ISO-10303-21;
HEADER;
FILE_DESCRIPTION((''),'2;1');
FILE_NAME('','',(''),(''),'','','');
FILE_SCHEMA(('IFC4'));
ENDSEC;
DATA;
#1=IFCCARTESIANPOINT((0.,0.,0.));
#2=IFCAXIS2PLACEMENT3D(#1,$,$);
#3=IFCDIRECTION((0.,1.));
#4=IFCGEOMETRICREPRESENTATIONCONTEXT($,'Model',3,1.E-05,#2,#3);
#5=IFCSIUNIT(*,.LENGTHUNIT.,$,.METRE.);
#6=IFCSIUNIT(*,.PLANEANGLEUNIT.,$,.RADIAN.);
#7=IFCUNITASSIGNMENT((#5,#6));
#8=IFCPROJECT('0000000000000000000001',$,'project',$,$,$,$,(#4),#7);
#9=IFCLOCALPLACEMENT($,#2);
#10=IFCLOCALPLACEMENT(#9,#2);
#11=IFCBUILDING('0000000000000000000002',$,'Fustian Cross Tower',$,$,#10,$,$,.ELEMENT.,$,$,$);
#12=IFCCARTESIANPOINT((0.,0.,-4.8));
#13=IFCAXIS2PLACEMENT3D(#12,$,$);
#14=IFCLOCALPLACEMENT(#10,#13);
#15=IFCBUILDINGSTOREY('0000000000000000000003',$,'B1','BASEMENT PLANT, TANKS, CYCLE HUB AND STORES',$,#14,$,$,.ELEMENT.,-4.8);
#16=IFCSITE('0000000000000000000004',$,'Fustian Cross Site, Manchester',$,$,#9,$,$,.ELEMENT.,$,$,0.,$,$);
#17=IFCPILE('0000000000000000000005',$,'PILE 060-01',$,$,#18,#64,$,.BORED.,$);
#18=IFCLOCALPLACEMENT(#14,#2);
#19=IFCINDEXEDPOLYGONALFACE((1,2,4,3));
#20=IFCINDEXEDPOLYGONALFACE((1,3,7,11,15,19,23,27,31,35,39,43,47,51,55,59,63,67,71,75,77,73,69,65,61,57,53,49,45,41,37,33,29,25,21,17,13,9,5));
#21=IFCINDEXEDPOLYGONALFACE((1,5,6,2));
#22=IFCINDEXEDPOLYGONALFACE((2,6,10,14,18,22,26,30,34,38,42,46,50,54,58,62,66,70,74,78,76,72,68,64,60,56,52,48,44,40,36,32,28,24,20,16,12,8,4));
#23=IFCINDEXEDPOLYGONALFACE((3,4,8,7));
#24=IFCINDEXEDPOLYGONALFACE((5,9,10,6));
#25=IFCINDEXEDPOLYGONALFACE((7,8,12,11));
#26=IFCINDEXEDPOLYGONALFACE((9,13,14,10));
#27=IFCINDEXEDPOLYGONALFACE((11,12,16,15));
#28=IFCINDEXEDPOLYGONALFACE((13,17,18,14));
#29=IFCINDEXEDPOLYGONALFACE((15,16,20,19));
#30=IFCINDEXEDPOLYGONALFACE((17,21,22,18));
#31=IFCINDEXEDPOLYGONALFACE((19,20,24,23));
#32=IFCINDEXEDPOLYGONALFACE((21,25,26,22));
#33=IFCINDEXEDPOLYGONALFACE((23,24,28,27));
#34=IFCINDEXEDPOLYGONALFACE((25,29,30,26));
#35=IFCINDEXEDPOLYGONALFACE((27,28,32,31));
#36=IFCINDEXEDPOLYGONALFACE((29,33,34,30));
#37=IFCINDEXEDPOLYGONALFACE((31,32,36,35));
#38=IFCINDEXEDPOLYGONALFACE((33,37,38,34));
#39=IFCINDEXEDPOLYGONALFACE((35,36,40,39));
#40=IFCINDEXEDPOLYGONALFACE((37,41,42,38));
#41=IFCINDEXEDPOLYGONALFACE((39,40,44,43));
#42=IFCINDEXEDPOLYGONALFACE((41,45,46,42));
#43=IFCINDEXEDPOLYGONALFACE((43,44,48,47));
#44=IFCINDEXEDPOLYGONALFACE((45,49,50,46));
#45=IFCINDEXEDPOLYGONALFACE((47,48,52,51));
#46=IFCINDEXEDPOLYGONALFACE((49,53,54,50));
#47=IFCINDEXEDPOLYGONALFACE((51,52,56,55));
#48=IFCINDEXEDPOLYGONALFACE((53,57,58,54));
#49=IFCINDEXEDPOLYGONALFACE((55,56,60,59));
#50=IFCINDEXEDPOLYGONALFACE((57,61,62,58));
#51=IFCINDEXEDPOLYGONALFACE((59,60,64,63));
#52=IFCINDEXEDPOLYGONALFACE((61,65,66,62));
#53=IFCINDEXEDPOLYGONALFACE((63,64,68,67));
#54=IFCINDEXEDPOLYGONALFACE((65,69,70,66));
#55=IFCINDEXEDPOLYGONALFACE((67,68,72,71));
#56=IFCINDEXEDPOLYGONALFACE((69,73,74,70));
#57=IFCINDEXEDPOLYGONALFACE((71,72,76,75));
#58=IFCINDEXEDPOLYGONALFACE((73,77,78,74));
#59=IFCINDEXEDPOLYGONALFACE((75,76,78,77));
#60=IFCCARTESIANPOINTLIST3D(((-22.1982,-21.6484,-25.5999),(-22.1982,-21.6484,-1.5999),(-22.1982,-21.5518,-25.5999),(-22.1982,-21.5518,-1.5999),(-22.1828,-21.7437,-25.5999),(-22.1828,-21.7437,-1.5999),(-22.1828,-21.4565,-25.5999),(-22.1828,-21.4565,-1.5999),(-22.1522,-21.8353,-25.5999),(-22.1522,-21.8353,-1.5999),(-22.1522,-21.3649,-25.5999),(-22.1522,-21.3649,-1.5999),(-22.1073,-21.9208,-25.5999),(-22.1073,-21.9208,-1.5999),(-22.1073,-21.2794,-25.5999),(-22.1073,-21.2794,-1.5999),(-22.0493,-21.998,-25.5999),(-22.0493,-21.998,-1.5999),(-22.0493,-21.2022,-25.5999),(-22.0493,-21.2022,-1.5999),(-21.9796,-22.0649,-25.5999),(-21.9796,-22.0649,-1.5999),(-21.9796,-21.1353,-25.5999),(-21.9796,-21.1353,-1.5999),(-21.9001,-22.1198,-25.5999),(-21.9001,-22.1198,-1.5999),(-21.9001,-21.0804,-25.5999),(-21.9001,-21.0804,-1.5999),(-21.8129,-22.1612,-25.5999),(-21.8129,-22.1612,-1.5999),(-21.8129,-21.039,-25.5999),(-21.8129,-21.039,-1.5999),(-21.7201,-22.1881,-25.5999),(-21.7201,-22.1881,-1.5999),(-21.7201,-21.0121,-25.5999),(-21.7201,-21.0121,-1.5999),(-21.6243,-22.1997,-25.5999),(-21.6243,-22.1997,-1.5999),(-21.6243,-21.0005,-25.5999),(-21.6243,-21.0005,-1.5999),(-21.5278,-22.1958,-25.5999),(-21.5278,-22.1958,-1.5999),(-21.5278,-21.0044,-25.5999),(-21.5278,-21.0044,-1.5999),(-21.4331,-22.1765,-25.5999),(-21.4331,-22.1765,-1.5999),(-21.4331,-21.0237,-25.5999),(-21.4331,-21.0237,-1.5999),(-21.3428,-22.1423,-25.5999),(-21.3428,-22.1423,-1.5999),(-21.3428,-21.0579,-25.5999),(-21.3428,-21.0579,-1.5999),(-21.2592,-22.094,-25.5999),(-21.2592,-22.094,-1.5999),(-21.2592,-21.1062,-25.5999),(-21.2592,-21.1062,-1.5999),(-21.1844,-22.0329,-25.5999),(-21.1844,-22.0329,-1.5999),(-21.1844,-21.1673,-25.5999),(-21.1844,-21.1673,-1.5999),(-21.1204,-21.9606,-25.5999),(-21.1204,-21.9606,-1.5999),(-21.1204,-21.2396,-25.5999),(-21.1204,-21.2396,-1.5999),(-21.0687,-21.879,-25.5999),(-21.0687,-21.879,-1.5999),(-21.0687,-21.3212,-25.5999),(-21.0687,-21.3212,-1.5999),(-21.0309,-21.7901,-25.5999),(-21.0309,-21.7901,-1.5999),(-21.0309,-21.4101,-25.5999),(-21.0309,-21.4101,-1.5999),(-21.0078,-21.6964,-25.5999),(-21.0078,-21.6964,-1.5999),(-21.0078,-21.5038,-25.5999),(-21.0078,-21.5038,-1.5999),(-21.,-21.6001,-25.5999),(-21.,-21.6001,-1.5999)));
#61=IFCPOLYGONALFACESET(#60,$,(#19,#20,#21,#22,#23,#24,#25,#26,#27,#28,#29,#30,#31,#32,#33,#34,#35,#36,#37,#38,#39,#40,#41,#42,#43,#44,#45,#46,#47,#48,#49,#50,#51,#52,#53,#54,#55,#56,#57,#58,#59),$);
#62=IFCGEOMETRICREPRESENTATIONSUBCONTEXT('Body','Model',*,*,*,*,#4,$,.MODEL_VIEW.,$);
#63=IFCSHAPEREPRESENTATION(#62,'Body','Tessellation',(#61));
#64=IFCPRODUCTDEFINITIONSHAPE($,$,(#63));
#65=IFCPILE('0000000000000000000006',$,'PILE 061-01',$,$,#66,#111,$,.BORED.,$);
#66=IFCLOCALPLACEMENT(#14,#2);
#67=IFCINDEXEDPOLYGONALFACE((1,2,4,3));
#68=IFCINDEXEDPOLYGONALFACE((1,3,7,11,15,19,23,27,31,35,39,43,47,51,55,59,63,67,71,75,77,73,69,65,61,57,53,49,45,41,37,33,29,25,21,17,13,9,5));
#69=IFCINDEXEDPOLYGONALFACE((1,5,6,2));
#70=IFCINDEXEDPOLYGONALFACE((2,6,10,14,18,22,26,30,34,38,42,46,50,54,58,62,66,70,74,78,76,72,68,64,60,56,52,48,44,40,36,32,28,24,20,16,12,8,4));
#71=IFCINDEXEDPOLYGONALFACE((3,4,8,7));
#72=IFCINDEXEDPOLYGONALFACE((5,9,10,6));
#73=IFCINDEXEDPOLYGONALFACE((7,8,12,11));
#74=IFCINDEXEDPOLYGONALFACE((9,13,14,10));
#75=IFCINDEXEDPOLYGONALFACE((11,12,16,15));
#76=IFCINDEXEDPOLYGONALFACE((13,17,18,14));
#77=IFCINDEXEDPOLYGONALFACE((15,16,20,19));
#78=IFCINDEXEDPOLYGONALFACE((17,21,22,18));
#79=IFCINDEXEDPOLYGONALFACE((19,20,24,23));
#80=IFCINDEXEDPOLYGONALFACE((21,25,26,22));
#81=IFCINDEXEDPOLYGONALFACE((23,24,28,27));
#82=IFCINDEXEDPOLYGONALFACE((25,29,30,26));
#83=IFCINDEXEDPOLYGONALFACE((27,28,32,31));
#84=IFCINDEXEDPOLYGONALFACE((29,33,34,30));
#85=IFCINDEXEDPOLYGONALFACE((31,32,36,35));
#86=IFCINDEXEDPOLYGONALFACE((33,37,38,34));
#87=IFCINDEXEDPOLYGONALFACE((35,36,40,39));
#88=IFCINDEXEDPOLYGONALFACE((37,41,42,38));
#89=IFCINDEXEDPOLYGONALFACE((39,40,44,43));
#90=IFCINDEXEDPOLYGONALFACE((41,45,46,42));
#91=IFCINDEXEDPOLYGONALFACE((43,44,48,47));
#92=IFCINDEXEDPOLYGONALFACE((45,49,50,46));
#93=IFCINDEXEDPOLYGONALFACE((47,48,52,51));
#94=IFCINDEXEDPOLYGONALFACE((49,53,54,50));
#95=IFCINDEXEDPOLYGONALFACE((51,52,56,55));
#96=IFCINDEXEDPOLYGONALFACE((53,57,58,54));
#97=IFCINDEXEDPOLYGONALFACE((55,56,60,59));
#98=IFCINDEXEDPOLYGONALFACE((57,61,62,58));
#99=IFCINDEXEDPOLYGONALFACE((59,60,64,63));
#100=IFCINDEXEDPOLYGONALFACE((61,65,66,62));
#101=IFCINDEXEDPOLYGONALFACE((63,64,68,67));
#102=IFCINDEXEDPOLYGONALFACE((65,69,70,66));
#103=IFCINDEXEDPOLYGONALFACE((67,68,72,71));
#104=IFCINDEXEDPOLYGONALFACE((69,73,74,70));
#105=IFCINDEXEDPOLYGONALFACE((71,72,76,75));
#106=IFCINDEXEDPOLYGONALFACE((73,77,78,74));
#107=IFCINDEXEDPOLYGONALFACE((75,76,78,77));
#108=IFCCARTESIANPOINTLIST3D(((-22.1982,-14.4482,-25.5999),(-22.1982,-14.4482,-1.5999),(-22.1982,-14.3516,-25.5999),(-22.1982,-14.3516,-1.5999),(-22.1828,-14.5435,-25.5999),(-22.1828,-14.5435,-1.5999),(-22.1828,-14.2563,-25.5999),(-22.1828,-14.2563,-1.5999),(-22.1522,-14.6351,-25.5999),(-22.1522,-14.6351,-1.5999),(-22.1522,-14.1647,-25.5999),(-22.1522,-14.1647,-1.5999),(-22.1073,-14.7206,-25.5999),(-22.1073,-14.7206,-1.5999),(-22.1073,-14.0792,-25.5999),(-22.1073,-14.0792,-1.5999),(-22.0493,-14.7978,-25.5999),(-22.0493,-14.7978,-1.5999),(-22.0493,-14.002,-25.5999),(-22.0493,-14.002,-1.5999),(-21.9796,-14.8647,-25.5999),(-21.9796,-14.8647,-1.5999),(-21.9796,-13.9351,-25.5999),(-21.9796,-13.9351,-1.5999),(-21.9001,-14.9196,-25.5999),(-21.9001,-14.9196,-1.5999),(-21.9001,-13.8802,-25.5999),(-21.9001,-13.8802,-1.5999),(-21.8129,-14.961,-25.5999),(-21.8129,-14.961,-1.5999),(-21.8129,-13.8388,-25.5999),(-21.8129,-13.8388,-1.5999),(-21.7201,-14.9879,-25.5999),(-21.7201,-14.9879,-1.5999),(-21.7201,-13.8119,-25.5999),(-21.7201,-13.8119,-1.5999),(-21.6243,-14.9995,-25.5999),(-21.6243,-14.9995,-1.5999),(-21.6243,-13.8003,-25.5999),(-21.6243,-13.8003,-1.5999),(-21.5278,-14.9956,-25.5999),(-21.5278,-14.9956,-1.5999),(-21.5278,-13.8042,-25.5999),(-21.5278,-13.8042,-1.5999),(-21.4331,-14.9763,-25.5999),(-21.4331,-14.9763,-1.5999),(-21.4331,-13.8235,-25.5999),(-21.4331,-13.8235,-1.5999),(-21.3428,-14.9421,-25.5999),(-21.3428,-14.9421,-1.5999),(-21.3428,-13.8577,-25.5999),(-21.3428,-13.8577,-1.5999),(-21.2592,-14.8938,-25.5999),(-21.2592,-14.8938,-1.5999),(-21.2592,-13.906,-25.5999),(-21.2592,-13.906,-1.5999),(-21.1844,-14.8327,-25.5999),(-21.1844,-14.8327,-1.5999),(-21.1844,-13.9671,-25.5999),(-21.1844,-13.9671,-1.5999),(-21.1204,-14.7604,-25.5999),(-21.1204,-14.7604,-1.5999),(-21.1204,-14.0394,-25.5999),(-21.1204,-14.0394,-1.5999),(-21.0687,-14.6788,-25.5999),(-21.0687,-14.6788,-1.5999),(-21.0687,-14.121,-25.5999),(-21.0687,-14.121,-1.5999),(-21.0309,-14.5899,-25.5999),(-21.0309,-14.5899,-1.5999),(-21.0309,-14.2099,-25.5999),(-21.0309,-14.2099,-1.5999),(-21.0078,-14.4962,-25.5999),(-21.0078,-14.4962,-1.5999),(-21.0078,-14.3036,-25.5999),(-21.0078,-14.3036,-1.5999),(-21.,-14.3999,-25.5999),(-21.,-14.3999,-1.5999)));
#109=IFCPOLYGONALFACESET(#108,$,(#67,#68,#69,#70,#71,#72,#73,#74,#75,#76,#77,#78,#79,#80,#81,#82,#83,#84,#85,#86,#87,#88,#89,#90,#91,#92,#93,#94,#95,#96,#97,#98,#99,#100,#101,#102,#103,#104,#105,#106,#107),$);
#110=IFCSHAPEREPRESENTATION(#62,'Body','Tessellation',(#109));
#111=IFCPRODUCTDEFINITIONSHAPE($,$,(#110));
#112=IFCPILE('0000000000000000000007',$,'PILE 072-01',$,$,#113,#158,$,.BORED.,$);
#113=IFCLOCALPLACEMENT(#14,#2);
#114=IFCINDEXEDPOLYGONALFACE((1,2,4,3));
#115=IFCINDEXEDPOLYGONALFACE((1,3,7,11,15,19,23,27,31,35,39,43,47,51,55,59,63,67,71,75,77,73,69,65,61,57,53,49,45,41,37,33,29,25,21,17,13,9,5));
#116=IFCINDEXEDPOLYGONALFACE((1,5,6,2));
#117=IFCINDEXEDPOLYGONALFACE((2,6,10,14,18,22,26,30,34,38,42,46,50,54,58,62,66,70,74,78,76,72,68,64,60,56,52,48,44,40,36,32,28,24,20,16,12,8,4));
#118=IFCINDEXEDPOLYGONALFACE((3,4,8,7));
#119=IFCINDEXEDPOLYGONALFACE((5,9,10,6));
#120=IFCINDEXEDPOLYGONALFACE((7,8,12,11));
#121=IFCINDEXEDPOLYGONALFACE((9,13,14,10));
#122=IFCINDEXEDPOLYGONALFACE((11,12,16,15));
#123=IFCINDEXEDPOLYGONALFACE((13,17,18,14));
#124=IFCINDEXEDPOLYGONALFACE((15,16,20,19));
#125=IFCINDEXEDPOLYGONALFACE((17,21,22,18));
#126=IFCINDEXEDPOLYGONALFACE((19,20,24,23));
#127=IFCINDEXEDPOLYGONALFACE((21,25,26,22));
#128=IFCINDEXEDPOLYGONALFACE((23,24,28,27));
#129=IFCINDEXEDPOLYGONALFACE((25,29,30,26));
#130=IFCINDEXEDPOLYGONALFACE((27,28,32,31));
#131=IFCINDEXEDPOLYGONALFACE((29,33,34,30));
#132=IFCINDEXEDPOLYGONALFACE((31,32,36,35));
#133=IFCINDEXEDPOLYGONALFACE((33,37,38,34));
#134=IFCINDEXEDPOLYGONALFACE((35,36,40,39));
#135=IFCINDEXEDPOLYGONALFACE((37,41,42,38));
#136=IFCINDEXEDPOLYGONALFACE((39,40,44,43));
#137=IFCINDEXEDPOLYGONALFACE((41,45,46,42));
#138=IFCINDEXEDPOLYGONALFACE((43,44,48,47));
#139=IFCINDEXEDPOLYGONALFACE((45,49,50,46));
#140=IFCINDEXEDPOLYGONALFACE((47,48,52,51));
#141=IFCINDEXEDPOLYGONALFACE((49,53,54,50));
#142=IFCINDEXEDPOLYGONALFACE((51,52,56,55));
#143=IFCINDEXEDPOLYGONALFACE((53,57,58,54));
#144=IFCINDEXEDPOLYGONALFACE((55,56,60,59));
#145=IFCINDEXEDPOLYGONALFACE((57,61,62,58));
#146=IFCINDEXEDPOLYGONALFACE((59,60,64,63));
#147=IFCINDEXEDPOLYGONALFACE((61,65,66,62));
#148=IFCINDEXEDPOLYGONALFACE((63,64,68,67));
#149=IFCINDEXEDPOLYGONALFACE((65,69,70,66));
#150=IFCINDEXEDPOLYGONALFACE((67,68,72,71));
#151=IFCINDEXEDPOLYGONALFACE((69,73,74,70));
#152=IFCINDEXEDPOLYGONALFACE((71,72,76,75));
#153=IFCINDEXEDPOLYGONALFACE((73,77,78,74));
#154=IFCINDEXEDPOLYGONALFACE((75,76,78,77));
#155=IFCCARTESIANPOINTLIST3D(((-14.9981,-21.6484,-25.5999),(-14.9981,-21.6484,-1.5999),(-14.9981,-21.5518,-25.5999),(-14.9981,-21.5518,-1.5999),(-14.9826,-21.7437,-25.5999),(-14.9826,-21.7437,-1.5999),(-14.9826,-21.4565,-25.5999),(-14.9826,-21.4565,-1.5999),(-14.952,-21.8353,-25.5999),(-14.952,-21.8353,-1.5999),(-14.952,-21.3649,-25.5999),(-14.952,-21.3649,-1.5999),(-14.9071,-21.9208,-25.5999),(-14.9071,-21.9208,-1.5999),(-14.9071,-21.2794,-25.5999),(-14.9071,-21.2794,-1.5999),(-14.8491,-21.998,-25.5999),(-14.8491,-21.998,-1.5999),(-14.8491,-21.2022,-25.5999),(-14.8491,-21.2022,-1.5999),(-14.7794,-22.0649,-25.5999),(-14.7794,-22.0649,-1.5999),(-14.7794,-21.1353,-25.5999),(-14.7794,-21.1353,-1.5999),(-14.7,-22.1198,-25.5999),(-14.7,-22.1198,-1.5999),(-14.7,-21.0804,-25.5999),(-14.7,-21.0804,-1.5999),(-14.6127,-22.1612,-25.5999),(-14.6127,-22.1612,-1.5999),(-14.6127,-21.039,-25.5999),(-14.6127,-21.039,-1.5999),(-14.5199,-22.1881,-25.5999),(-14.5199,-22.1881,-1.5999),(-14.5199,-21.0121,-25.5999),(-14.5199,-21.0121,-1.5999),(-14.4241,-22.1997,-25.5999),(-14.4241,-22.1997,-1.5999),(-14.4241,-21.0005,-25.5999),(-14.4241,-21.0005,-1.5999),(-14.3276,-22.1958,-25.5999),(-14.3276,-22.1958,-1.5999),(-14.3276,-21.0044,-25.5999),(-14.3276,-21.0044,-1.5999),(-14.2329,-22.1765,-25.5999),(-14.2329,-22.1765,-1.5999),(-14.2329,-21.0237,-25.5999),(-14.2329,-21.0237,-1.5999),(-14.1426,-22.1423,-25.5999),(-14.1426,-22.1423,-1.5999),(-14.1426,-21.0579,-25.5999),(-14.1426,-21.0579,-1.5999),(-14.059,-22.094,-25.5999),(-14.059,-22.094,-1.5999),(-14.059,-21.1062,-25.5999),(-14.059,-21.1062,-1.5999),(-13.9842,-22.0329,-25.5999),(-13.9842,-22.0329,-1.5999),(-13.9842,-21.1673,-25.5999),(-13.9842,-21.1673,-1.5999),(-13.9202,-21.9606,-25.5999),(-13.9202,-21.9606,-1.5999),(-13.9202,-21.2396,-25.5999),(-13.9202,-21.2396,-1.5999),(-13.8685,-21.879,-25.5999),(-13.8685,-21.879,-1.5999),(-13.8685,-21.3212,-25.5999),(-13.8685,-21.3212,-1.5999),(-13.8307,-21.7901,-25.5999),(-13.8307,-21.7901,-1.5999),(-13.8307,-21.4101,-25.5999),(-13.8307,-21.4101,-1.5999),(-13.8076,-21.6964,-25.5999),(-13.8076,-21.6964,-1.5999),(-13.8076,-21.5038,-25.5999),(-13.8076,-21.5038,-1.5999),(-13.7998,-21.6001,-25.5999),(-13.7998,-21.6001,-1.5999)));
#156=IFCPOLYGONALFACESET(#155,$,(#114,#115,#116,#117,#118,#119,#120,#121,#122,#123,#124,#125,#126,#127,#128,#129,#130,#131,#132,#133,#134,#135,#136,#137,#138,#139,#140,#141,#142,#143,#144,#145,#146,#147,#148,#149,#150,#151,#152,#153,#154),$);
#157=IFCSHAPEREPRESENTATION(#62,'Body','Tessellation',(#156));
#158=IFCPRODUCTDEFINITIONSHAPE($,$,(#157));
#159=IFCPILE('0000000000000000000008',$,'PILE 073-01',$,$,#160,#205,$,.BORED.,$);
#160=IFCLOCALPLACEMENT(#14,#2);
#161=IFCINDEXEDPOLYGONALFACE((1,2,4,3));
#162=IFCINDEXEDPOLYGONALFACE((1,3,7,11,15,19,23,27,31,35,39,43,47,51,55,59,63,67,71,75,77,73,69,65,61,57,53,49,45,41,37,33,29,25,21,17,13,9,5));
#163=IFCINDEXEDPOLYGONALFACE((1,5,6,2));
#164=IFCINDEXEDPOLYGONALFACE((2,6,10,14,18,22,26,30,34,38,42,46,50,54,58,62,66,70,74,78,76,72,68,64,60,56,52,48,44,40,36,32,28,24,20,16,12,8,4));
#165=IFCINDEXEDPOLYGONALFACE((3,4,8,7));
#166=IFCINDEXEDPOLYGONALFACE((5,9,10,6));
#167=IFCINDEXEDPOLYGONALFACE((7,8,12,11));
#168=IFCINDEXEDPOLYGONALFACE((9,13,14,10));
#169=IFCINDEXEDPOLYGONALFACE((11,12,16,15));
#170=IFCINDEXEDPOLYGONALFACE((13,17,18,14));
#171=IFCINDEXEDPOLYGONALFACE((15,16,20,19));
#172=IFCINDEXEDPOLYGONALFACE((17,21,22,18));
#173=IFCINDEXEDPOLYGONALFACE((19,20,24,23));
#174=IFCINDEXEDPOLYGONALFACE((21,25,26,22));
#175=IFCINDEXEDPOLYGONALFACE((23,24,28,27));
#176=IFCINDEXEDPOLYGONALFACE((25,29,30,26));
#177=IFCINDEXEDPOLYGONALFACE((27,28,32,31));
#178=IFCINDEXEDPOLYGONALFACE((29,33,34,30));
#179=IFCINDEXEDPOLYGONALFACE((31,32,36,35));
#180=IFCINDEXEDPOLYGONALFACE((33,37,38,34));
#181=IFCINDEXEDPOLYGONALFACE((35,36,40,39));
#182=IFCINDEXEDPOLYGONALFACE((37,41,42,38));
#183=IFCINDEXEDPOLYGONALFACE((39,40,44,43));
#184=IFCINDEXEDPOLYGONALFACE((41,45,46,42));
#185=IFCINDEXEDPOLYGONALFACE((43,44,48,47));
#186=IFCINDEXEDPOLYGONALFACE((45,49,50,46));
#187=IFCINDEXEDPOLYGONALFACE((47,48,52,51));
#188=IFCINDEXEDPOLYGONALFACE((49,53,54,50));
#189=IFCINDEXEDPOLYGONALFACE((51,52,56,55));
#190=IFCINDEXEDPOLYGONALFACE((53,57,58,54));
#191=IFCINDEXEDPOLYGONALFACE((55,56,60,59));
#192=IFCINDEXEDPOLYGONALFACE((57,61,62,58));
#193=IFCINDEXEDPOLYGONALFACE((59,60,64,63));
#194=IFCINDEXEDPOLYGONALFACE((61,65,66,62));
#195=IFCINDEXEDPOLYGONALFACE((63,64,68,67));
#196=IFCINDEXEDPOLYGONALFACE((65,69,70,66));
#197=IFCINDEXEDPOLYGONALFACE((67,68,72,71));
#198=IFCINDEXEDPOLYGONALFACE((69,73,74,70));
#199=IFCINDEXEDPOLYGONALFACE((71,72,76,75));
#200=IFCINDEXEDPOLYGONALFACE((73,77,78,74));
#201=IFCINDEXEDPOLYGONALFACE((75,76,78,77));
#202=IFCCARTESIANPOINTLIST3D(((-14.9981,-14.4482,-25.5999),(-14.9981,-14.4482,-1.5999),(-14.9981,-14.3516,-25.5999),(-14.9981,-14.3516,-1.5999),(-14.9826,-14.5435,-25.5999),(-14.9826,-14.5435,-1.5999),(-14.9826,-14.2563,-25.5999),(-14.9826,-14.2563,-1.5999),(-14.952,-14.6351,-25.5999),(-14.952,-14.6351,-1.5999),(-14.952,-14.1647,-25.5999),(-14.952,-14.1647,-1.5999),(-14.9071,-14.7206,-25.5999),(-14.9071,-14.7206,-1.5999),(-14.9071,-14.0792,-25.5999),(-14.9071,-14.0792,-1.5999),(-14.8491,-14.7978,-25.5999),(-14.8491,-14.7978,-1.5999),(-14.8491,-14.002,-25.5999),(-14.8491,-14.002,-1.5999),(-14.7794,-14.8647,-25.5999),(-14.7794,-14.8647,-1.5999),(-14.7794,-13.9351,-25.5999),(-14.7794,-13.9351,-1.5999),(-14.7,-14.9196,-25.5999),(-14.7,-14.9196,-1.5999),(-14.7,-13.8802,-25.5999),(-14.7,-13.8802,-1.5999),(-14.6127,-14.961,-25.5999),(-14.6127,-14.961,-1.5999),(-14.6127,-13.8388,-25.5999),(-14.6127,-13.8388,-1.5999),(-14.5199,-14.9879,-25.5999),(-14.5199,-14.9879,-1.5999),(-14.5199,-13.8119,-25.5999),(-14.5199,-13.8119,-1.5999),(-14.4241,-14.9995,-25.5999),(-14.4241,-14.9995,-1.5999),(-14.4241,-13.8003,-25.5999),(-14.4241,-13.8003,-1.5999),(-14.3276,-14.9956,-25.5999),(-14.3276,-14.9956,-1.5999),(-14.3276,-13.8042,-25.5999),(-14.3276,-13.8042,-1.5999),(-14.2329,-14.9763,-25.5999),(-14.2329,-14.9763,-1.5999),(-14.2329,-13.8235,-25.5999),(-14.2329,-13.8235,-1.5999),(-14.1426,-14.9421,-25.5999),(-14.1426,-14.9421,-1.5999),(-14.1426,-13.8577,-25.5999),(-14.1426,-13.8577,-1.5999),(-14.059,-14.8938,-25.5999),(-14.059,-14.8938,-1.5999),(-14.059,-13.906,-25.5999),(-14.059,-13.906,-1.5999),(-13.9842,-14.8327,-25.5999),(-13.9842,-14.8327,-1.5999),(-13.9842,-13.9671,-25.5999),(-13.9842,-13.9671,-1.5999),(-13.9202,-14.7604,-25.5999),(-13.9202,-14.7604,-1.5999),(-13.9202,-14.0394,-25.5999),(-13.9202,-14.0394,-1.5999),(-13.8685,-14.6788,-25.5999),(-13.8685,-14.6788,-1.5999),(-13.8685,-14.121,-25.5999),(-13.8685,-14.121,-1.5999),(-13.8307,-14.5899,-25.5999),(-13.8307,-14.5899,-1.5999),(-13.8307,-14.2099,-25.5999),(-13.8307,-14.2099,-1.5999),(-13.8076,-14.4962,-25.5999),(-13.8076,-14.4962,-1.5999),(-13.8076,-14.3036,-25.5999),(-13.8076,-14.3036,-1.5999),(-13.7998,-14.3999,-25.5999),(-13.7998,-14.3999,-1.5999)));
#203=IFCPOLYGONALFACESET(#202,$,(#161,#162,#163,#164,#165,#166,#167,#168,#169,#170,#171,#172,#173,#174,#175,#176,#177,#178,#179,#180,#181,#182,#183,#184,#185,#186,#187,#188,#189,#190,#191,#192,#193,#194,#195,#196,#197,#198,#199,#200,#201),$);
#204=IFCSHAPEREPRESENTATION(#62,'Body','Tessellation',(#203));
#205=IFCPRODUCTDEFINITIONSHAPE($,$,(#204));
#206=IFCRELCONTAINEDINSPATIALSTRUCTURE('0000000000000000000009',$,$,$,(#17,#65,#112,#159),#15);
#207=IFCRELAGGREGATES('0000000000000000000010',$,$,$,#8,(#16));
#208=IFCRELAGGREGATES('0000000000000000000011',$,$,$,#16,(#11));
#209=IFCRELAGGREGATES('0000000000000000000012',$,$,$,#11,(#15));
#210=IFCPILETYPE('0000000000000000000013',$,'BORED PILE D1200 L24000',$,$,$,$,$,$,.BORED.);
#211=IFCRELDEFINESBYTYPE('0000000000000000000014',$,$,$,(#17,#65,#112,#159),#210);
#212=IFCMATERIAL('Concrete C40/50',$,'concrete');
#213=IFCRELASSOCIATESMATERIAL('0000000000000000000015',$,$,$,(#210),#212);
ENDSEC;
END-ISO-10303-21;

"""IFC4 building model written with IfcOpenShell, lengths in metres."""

from ifc_helpers import new_model, si_unit, direction, frame, origin, origin_2d, place, context, subcontext, project, spatial, circle, extrude, material, material_profile, profile_set, type_object, element, save


model = new_model("IFC4")

# Units and contexts
model_context = context("Model", 3, precision=1e-05, world=origin(), true_north=direction((0.0, 1.0)))
body_context = subcontext(model_context, "Body", "Model", "MODEL_VIEW")
ifc_project = project(units=[si_unit("LENGTHUNIT", "METRE"), si_unit("PLANEANGLEUNIT", "RADIAN")], contexts=[model_context])

# Site, building, storey
site_placement = place(None, origin())
site = spatial("IfcSite", under=ifc_project, at=site_placement, Name="Fustian Cross Site, Manchester", CompositionType="ELEMENT", RefElevation=0.0)
building_placement = place(site_placement, origin())
building = spatial("IfcBuilding", under=site, at=building_placement, Name="Fustian Cross Tower", CompositionType="ELEMENT")
storey_placement = place(building_placement, frame((0.0, 0.0, -4.8)))
storey = spatial("IfcBuildingStorey", under=building, at=storey_placement, Name="B1", Description="BASEMENT PLANT, TANKS, CYCLE HUB AND STORES", CompositionType="ELEMENT", Elevation=-4.8)

# Piles
ifc_material_1 = material(Name="Concrete C40/50", Category="concrete")
ifc_material_profile_1 = material_profile(ifc_material_1, circle(Radius=0.6001, at=origin_2d()), Name="BORED PILE D1200 L24000")
ifc_profile_set_1 = profile_set([ifc_material_profile_1], Name="Concrete C40/50")
pile_type_1 = type_object("IfcPileType", Name="BORED PILE D1200 L24000", PredefinedType="BORED", material=ifc_profile_set_1)
for number, where, z_axis, x_axis, name in (
    (1, (-21.6001, -21.6001, -1.5999), (0.0, 0.0, -1.0), (1.0, 0.0, 0.0), "PILE 060-01"),
    (2, (-21.6001, -14.3999, -1.5999), (0.0, 0.0, -1.0), (1.0, 0.0, 0.0), "PILE 061-01"),
    (3, (-14.3999, -21.6001, -1.5999), (0.0, 0.0, -1.0), (1.0, 0.0, 0.0), "PILE 072-01"),
    (4, (-14.3999, -14.3999, -1.5999), (0.0, 0.0, -1.0), (1.0, 0.0, 0.0), "PILE 073-01"),
):
    element("IfcPile", number, at=place(storey_placement, frame(where, z_axis=z_axis, x_axis=x_axis)), inside=storey, type_object=pile_type_1, Name=name, PredefinedType="BORED", context=body_context, shape_type="SweptSolid", body=[
        extrude(circle(Radius=0.6001, at=origin_2d()), origin(), (0.0, 0.0, 1.0), 24.0),
    ])

save(model, "model.ifc")
